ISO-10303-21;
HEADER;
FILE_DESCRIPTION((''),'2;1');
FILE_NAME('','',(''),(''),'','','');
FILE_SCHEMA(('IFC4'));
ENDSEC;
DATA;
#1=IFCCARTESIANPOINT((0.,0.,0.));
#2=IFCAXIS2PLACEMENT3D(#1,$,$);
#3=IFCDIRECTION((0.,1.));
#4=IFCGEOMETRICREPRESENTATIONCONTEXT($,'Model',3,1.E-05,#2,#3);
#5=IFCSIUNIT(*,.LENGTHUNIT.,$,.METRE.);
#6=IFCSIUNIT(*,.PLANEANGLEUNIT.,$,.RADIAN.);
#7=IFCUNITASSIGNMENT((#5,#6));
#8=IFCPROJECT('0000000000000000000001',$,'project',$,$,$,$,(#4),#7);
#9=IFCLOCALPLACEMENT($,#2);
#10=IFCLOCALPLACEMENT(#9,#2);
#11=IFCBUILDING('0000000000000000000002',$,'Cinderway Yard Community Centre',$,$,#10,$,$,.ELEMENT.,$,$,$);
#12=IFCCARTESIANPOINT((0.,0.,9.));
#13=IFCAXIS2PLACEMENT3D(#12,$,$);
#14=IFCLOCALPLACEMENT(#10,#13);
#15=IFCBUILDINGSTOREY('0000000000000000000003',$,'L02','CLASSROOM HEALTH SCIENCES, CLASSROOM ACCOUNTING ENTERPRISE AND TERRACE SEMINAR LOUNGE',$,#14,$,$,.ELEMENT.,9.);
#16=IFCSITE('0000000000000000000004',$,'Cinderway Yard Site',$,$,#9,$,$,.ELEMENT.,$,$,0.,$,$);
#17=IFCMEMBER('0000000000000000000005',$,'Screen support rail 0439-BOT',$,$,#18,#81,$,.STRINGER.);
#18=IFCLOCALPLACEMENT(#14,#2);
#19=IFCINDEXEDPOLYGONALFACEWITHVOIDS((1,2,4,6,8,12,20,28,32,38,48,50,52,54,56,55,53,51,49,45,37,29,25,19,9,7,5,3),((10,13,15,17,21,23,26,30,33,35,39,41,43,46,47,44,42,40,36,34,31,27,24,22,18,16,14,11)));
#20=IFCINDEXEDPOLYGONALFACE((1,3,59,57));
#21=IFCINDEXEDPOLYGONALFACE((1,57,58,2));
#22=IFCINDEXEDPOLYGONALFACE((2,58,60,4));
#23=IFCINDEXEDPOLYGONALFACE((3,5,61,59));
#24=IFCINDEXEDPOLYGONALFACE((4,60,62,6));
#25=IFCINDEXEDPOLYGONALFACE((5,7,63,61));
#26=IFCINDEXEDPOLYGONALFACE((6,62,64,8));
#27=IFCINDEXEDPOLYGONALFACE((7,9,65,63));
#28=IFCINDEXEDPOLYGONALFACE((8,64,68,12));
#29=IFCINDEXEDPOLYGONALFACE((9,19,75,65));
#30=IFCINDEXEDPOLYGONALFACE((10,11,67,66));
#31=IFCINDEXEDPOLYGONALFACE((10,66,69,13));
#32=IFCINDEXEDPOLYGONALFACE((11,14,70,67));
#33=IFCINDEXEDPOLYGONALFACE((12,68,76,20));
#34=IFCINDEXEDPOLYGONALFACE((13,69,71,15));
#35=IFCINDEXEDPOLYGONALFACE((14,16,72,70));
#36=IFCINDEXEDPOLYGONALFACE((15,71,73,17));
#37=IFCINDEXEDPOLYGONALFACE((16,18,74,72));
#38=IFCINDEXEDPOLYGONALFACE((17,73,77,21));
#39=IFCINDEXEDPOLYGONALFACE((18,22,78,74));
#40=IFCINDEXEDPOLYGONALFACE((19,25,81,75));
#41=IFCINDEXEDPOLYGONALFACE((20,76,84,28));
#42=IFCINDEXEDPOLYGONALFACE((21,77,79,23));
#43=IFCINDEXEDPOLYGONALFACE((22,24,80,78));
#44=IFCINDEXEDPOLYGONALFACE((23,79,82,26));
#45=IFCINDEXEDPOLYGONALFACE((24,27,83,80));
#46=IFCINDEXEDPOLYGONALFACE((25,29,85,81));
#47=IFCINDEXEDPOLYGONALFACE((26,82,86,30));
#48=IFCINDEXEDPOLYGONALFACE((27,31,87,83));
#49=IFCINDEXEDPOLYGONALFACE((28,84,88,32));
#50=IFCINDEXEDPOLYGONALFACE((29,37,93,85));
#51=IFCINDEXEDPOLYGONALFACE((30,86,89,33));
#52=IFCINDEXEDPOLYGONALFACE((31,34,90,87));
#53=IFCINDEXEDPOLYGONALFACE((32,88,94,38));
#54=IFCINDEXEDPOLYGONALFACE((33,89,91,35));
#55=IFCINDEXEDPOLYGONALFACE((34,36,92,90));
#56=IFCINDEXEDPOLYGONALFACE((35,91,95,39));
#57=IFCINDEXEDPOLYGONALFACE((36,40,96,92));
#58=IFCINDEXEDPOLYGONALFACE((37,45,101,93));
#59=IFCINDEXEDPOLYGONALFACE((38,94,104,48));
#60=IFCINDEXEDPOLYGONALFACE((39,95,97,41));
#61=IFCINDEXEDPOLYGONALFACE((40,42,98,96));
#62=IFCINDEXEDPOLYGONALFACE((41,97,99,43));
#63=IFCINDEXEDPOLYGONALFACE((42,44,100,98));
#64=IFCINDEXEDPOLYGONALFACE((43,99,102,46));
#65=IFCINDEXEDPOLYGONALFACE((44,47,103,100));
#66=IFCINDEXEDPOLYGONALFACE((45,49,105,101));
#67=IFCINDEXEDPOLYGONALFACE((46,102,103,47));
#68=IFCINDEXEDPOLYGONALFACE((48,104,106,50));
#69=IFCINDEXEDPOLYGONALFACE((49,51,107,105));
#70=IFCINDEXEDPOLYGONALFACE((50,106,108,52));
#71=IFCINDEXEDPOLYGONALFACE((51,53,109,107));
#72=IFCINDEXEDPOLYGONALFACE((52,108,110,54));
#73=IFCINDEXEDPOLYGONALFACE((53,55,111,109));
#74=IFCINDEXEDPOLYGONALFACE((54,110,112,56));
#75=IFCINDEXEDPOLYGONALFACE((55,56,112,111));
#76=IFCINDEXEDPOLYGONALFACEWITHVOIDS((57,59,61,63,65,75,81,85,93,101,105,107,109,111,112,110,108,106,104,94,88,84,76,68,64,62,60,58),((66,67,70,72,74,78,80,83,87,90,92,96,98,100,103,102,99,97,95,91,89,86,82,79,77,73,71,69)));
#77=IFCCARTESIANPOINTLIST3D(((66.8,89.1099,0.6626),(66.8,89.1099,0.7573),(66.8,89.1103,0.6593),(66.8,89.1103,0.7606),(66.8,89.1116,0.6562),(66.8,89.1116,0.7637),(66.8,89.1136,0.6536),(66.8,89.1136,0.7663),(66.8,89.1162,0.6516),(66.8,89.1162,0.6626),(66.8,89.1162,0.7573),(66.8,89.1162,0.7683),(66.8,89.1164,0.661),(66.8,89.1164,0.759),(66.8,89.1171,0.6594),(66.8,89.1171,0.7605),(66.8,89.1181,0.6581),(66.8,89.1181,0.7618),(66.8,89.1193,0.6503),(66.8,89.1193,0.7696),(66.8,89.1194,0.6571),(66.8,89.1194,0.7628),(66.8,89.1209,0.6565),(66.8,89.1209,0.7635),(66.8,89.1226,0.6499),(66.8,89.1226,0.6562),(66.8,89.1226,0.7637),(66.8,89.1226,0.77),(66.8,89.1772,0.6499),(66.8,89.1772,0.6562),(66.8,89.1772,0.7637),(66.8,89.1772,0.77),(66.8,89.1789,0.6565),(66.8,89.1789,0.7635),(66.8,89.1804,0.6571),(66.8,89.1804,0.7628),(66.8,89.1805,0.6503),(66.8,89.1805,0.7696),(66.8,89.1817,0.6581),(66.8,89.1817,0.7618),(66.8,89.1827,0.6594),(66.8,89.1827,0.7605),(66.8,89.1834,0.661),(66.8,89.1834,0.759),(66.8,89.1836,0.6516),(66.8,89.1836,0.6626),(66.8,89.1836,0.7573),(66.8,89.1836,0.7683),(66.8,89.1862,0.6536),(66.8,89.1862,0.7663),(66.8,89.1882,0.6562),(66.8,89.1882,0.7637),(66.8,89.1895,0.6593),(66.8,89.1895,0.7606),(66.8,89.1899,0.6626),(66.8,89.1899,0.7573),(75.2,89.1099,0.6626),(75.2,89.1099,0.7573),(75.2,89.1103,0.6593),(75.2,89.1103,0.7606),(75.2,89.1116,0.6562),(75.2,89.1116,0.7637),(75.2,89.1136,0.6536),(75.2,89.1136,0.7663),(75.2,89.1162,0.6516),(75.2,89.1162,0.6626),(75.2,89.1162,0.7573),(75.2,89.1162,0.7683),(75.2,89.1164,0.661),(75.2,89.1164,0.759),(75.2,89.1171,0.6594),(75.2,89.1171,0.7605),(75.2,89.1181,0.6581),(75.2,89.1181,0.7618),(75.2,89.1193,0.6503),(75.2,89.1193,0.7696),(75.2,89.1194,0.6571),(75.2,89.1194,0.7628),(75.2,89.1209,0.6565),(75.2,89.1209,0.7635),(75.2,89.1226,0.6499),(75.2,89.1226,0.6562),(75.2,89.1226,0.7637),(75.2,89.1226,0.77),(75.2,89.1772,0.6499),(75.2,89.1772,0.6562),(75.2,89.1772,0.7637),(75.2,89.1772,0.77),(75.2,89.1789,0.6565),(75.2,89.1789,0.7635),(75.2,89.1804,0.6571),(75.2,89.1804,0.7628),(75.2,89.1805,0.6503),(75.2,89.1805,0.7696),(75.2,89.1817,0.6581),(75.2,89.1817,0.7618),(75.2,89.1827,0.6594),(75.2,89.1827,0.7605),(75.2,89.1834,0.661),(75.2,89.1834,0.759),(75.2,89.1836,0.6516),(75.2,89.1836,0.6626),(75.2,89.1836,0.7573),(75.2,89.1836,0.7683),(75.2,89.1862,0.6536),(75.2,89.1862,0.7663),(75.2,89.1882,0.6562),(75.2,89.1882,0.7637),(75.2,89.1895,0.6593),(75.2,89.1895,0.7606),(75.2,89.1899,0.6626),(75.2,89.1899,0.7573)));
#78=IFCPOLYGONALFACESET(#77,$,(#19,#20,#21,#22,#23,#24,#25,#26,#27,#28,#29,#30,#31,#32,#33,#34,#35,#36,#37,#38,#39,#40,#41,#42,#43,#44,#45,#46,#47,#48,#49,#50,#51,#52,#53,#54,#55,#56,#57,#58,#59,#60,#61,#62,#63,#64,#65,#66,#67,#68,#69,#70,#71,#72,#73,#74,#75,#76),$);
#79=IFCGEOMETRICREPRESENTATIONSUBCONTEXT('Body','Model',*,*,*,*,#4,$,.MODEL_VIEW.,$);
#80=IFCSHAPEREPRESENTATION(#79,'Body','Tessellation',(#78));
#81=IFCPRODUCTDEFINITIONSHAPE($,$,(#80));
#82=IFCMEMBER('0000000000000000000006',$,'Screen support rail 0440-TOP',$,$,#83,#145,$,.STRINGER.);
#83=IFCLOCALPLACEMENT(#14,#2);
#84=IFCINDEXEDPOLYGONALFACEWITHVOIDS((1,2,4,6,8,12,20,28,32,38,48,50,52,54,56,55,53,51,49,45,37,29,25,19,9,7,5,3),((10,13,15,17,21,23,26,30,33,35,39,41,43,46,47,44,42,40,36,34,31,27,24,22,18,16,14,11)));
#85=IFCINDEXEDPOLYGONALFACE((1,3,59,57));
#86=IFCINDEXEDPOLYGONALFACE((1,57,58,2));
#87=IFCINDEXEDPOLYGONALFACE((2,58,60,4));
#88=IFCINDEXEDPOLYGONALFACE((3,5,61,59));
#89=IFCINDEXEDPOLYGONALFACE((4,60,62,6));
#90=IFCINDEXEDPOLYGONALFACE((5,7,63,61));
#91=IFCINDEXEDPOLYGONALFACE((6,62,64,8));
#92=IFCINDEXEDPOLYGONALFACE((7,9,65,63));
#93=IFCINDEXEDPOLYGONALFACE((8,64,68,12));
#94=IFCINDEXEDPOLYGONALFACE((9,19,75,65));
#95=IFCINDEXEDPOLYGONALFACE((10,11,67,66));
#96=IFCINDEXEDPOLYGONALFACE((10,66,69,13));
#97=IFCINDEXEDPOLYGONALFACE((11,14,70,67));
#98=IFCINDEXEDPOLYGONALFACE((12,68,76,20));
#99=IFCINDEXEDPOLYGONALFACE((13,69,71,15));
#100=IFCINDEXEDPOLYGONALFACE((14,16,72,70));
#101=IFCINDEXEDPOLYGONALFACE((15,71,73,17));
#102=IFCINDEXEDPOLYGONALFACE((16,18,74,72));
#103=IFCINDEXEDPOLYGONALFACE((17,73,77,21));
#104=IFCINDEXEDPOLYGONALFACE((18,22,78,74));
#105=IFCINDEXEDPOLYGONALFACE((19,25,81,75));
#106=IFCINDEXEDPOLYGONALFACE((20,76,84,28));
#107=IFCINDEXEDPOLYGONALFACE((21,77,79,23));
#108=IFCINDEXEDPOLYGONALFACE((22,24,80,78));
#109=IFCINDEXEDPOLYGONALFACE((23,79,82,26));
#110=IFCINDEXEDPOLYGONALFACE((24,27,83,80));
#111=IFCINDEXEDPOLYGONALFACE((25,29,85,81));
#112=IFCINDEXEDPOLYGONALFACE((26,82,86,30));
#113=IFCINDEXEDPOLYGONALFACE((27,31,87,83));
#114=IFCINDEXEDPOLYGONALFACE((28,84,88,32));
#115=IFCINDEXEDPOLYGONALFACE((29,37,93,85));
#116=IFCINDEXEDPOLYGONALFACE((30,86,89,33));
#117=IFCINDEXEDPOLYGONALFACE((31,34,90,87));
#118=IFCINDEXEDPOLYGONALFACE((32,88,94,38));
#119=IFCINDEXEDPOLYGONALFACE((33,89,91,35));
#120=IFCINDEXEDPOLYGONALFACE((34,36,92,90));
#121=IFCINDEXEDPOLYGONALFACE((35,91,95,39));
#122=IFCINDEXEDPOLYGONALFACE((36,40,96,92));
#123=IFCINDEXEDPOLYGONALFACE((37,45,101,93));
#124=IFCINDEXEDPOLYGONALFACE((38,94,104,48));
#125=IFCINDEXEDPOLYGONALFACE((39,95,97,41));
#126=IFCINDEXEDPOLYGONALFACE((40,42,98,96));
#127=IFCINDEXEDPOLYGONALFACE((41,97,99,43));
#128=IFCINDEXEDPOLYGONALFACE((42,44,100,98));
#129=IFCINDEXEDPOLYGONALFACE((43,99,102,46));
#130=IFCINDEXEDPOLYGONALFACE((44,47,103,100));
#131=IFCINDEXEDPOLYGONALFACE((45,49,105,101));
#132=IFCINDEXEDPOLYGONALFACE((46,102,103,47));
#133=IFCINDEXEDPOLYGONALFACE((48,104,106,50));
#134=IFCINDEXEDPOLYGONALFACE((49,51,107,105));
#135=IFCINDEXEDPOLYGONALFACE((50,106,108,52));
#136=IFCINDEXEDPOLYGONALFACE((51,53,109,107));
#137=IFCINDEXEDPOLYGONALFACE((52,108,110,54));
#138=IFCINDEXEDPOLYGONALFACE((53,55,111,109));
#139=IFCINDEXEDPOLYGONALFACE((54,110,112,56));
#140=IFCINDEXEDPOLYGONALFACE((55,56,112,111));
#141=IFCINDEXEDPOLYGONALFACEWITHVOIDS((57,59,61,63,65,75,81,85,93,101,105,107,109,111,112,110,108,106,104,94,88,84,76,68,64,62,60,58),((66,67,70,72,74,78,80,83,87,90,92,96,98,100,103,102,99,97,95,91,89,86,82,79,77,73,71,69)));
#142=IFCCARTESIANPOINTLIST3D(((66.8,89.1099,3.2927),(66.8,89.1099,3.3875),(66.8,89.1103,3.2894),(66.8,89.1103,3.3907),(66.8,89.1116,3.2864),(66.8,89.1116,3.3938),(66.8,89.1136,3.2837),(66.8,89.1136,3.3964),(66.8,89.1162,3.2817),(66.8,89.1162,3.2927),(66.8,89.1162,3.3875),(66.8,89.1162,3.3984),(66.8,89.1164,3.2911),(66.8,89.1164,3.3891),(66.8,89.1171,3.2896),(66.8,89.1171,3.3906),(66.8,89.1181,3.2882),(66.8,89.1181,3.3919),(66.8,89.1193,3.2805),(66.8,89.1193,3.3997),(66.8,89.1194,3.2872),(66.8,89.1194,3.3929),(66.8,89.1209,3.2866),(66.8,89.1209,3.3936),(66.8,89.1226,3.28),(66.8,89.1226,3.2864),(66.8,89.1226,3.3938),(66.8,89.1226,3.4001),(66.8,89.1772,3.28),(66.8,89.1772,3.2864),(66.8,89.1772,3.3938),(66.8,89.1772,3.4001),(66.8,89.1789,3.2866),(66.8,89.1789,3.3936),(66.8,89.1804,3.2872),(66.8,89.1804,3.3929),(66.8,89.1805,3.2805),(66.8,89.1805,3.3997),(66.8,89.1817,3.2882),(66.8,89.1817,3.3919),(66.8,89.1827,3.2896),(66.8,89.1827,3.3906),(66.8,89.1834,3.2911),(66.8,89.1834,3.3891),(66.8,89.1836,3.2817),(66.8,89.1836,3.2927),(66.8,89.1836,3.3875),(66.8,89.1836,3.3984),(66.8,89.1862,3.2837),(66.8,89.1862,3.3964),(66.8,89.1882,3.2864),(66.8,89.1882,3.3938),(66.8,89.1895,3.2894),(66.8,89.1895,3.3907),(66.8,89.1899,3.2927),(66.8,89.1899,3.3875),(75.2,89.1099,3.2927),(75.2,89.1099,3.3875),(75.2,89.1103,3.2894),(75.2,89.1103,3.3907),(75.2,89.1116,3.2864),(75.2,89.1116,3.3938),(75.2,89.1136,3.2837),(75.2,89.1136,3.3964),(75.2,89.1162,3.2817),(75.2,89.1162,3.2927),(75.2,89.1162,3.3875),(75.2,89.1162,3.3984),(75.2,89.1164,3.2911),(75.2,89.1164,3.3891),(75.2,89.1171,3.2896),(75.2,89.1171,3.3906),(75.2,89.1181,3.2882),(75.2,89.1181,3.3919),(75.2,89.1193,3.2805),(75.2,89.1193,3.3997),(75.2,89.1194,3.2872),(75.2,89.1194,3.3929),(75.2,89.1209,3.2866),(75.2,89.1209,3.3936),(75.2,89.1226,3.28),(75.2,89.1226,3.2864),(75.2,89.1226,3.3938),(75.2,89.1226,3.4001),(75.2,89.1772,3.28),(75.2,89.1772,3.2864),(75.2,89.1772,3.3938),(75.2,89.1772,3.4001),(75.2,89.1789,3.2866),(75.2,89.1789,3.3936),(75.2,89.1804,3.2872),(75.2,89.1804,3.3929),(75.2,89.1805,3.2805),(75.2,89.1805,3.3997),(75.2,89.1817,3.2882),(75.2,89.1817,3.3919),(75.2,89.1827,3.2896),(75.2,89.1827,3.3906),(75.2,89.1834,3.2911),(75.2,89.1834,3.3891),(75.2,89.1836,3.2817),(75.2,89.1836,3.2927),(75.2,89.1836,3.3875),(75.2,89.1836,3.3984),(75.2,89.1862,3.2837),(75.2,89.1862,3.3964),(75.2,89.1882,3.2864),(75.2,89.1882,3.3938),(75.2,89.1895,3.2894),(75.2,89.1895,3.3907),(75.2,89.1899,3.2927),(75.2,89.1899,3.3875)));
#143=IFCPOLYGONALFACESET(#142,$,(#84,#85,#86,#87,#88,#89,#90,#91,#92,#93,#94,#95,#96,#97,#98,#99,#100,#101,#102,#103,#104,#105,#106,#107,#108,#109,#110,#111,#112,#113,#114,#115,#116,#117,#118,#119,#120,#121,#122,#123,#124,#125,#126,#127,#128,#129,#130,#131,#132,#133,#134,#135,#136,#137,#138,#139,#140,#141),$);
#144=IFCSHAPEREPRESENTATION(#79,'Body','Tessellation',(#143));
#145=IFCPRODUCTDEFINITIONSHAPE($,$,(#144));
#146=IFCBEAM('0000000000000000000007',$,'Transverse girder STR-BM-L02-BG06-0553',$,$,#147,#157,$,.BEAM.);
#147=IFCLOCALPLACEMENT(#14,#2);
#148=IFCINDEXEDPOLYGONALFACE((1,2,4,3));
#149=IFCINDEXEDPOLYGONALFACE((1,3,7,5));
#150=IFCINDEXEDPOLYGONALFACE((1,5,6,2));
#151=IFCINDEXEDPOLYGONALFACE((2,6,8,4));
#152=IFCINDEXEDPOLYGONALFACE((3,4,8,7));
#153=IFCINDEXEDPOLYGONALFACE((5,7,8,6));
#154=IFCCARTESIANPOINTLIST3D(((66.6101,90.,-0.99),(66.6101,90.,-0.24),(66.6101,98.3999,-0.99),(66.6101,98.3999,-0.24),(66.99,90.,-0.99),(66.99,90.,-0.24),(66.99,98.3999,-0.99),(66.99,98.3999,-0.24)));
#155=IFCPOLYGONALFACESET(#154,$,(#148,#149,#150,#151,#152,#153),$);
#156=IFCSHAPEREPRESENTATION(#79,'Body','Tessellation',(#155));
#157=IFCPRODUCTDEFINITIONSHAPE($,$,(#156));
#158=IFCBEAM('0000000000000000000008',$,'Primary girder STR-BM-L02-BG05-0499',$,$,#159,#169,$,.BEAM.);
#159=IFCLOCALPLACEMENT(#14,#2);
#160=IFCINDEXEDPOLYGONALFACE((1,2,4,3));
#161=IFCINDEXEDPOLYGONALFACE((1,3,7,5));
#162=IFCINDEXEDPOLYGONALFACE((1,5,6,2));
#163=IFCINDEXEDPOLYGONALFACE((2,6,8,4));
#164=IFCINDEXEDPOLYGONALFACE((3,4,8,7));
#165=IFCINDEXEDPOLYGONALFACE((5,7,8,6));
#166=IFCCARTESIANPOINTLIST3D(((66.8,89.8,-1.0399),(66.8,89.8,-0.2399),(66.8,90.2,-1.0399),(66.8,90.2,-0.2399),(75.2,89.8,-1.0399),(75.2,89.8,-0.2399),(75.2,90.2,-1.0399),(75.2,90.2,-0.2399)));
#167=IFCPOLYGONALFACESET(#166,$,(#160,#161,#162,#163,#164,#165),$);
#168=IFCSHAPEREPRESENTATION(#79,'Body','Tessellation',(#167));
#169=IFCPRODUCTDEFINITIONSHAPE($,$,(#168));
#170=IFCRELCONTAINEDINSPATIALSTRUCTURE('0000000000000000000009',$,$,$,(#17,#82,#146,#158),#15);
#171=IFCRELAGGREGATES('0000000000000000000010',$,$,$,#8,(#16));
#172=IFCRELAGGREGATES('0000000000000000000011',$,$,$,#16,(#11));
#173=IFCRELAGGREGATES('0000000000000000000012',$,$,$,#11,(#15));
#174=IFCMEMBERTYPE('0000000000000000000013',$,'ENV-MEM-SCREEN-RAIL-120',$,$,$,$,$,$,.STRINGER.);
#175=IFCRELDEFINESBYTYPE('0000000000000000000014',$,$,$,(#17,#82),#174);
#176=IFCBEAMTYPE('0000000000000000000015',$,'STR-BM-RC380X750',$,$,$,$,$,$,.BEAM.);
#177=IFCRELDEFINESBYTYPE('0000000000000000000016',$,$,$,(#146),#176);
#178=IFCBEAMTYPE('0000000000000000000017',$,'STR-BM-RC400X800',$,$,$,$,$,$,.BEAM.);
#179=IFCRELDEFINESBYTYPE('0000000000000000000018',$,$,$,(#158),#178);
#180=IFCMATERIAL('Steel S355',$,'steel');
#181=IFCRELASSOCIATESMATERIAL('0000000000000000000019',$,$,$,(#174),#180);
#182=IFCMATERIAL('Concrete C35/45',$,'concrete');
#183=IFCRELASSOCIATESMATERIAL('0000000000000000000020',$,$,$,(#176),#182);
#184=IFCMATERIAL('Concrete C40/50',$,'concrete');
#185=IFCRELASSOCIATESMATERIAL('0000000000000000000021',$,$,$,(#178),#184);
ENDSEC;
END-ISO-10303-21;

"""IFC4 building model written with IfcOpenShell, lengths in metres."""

from ifc_helpers import new_model, si_unit, direction, frame, origin, origin_2d, place, context, subcontext, project, spatial, rectangle, hollow_rectangle, extrude, material, material_profile, profile_set, type_object, element, save


model = new_model("IFC4")

# Units and contexts
model_context = context("Model", 3, precision=1e-05, world=origin(), true_north=direction((0.0, 1.0)))
body_context = subcontext(model_context, "Body", "Model", "MODEL_VIEW")
ifc_project = project(units=[si_unit("LENGTHUNIT", "METRE"), si_unit("PLANEANGLEUNIT", "RADIAN")], contexts=[model_context])

# Site, building, storey
site_placement = place(None, origin())
site = spatial("IfcSite", under=ifc_project, at=site_placement, Name="Cinderway Yard Site", CompositionType="ELEMENT", RefElevation=0.0)
building_placement = place(site_placement, origin())
building = spatial("IfcBuilding", under=site, at=building_placement, Name="Cinderway Yard Community Centre", CompositionType="ELEMENT")
storey_placement = place(building_placement, frame((0.0, 0.0, 9.0)))
storey = spatial("IfcBuildingStorey", under=building, at=storey_placement, Name="L02", Description="CLASSROOM HEALTH SCIENCES, CLASSROOM ACCOUNTING ENTERPRISE AND TERRACE SEMINAR LOUNGE", CompositionType="ELEMENT", Elevation=9.0)

# Shared definitions
ifc_material_1 = material(Name="Concrete C40/50", Category="concrete")

# Members
ifc_material_2 = material(Name="Steel S355", Category="steel")
ifc_material_profile_1 = material_profile(ifc_material_2, hollow_rectangle(XDim=0.0801, YDim=0.1201, WallThickness=0.0063, InnerFilletRadius=0.0063, OuterFilletRadius=0.0127, at=origin_2d()), Name="Steel S355")
ifc_profile_set_1 = profile_set([ifc_material_profile_1], Name="Steel S355")
member_type_1 = type_object("IfcMemberType", Name="ENV-MEM-SCREEN-RAIL-120", PredefinedType="STRINGER", material=ifc_profile_set_1)
for number, where, z_axis, x_axis, name in (
    (1, (66.8, 89.1499, 0.71), (1.0, 0.0, 0.0), (0.0, 1.0, 0.0), "Screen support rail 0439-BOT"),
    (2, (66.8, 89.1499, 3.3401), (1.0, 0.0, 0.0), (0.0, 1.0, 0.0), "Screen support rail 0440-TOP"),
):
    element("IfcMember", number, at=place(storey_placement, frame(where, z_axis=z_axis, x_axis=x_axis)), inside=storey, type_object=member_type_1, Name=name, PredefinedType="STRINGER", context=body_context, shape_type="SweptSolid", body=[
        extrude(hollow_rectangle(XDim=0.0801, YDim=0.1201, WallThickness=0.0063, InnerFilletRadius=0.0063, OuterFilletRadius=0.0127, at=origin_2d()), origin(), (0.0, 0.0, 1.0), 8.3999),
    ])

# Beams
ifc_material_3 = material(Name="Concrete C35/45", Category="concrete")
ifc_material_profile_2 = material_profile(ifc_material_3, rectangle(XDim=0.3799, YDim=0.75, at=origin_2d()), Name="Concrete C35/45")
ifc_profile_set_2 = profile_set([ifc_material_profile_2], Name="Concrete C35/45")
beam_type_1 = type_object("IfcBeamType", Name="STR-BM-RC380X750", PredefinedType="BEAM", material=ifc_profile_set_2)
beam_1_placement = place(storey_placement, frame((66.8, 90.0, -0.615), z_axis=(0.0, 1.0, 0.0), x_axis=(-1.0, 0.0, 0.0)))
element("IfcBeam", 3, at=beam_1_placement, inside=storey, type_object=beam_type_1, Name="Transverse girder STR-BM-L02-BG06-0553", PredefinedType="BEAM", context=body_context, shape_type="SweptSolid", body=[
    extrude(rectangle(XDim=0.3799, YDim=0.75, at=origin_2d()), origin(), (0.0, 0.0, 1.0), 8.3999),
])
ifc_material_profile_3 = material_profile(ifc_material_1, rectangle(XDim=0.3999, YDim=0.8, at=origin_2d()), Name="Concrete C40/50")
ifc_profile_set_3 = profile_set([ifc_material_profile_3], Name="Concrete C40/50")
beam_type_2 = type_object("IfcBeamType", Name="STR-BM-RC400X800", PredefinedType="BEAM", material=ifc_profile_set_3)
beam_2_placement = place(storey_placement, frame((66.8, 90.0, -0.6399), z_axis=(1.0, 0.0, 0.0), x_axis=(0.0, 1.0, 0.0)))
element("IfcBeam", 4, at=beam_2_placement, inside=storey, type_object=beam_type_2, Name="Primary girder STR-BM-L02-BG05-0499", PredefinedType="BEAM", context=body_context, shape_type="SweptSolid", body=[
    extrude(rectangle(XDim=0.3999, YDim=0.8, at=origin_2d()), origin(), (0.0, 0.0, 1.0), 8.3999),
])

save(model, "model.ifc")
